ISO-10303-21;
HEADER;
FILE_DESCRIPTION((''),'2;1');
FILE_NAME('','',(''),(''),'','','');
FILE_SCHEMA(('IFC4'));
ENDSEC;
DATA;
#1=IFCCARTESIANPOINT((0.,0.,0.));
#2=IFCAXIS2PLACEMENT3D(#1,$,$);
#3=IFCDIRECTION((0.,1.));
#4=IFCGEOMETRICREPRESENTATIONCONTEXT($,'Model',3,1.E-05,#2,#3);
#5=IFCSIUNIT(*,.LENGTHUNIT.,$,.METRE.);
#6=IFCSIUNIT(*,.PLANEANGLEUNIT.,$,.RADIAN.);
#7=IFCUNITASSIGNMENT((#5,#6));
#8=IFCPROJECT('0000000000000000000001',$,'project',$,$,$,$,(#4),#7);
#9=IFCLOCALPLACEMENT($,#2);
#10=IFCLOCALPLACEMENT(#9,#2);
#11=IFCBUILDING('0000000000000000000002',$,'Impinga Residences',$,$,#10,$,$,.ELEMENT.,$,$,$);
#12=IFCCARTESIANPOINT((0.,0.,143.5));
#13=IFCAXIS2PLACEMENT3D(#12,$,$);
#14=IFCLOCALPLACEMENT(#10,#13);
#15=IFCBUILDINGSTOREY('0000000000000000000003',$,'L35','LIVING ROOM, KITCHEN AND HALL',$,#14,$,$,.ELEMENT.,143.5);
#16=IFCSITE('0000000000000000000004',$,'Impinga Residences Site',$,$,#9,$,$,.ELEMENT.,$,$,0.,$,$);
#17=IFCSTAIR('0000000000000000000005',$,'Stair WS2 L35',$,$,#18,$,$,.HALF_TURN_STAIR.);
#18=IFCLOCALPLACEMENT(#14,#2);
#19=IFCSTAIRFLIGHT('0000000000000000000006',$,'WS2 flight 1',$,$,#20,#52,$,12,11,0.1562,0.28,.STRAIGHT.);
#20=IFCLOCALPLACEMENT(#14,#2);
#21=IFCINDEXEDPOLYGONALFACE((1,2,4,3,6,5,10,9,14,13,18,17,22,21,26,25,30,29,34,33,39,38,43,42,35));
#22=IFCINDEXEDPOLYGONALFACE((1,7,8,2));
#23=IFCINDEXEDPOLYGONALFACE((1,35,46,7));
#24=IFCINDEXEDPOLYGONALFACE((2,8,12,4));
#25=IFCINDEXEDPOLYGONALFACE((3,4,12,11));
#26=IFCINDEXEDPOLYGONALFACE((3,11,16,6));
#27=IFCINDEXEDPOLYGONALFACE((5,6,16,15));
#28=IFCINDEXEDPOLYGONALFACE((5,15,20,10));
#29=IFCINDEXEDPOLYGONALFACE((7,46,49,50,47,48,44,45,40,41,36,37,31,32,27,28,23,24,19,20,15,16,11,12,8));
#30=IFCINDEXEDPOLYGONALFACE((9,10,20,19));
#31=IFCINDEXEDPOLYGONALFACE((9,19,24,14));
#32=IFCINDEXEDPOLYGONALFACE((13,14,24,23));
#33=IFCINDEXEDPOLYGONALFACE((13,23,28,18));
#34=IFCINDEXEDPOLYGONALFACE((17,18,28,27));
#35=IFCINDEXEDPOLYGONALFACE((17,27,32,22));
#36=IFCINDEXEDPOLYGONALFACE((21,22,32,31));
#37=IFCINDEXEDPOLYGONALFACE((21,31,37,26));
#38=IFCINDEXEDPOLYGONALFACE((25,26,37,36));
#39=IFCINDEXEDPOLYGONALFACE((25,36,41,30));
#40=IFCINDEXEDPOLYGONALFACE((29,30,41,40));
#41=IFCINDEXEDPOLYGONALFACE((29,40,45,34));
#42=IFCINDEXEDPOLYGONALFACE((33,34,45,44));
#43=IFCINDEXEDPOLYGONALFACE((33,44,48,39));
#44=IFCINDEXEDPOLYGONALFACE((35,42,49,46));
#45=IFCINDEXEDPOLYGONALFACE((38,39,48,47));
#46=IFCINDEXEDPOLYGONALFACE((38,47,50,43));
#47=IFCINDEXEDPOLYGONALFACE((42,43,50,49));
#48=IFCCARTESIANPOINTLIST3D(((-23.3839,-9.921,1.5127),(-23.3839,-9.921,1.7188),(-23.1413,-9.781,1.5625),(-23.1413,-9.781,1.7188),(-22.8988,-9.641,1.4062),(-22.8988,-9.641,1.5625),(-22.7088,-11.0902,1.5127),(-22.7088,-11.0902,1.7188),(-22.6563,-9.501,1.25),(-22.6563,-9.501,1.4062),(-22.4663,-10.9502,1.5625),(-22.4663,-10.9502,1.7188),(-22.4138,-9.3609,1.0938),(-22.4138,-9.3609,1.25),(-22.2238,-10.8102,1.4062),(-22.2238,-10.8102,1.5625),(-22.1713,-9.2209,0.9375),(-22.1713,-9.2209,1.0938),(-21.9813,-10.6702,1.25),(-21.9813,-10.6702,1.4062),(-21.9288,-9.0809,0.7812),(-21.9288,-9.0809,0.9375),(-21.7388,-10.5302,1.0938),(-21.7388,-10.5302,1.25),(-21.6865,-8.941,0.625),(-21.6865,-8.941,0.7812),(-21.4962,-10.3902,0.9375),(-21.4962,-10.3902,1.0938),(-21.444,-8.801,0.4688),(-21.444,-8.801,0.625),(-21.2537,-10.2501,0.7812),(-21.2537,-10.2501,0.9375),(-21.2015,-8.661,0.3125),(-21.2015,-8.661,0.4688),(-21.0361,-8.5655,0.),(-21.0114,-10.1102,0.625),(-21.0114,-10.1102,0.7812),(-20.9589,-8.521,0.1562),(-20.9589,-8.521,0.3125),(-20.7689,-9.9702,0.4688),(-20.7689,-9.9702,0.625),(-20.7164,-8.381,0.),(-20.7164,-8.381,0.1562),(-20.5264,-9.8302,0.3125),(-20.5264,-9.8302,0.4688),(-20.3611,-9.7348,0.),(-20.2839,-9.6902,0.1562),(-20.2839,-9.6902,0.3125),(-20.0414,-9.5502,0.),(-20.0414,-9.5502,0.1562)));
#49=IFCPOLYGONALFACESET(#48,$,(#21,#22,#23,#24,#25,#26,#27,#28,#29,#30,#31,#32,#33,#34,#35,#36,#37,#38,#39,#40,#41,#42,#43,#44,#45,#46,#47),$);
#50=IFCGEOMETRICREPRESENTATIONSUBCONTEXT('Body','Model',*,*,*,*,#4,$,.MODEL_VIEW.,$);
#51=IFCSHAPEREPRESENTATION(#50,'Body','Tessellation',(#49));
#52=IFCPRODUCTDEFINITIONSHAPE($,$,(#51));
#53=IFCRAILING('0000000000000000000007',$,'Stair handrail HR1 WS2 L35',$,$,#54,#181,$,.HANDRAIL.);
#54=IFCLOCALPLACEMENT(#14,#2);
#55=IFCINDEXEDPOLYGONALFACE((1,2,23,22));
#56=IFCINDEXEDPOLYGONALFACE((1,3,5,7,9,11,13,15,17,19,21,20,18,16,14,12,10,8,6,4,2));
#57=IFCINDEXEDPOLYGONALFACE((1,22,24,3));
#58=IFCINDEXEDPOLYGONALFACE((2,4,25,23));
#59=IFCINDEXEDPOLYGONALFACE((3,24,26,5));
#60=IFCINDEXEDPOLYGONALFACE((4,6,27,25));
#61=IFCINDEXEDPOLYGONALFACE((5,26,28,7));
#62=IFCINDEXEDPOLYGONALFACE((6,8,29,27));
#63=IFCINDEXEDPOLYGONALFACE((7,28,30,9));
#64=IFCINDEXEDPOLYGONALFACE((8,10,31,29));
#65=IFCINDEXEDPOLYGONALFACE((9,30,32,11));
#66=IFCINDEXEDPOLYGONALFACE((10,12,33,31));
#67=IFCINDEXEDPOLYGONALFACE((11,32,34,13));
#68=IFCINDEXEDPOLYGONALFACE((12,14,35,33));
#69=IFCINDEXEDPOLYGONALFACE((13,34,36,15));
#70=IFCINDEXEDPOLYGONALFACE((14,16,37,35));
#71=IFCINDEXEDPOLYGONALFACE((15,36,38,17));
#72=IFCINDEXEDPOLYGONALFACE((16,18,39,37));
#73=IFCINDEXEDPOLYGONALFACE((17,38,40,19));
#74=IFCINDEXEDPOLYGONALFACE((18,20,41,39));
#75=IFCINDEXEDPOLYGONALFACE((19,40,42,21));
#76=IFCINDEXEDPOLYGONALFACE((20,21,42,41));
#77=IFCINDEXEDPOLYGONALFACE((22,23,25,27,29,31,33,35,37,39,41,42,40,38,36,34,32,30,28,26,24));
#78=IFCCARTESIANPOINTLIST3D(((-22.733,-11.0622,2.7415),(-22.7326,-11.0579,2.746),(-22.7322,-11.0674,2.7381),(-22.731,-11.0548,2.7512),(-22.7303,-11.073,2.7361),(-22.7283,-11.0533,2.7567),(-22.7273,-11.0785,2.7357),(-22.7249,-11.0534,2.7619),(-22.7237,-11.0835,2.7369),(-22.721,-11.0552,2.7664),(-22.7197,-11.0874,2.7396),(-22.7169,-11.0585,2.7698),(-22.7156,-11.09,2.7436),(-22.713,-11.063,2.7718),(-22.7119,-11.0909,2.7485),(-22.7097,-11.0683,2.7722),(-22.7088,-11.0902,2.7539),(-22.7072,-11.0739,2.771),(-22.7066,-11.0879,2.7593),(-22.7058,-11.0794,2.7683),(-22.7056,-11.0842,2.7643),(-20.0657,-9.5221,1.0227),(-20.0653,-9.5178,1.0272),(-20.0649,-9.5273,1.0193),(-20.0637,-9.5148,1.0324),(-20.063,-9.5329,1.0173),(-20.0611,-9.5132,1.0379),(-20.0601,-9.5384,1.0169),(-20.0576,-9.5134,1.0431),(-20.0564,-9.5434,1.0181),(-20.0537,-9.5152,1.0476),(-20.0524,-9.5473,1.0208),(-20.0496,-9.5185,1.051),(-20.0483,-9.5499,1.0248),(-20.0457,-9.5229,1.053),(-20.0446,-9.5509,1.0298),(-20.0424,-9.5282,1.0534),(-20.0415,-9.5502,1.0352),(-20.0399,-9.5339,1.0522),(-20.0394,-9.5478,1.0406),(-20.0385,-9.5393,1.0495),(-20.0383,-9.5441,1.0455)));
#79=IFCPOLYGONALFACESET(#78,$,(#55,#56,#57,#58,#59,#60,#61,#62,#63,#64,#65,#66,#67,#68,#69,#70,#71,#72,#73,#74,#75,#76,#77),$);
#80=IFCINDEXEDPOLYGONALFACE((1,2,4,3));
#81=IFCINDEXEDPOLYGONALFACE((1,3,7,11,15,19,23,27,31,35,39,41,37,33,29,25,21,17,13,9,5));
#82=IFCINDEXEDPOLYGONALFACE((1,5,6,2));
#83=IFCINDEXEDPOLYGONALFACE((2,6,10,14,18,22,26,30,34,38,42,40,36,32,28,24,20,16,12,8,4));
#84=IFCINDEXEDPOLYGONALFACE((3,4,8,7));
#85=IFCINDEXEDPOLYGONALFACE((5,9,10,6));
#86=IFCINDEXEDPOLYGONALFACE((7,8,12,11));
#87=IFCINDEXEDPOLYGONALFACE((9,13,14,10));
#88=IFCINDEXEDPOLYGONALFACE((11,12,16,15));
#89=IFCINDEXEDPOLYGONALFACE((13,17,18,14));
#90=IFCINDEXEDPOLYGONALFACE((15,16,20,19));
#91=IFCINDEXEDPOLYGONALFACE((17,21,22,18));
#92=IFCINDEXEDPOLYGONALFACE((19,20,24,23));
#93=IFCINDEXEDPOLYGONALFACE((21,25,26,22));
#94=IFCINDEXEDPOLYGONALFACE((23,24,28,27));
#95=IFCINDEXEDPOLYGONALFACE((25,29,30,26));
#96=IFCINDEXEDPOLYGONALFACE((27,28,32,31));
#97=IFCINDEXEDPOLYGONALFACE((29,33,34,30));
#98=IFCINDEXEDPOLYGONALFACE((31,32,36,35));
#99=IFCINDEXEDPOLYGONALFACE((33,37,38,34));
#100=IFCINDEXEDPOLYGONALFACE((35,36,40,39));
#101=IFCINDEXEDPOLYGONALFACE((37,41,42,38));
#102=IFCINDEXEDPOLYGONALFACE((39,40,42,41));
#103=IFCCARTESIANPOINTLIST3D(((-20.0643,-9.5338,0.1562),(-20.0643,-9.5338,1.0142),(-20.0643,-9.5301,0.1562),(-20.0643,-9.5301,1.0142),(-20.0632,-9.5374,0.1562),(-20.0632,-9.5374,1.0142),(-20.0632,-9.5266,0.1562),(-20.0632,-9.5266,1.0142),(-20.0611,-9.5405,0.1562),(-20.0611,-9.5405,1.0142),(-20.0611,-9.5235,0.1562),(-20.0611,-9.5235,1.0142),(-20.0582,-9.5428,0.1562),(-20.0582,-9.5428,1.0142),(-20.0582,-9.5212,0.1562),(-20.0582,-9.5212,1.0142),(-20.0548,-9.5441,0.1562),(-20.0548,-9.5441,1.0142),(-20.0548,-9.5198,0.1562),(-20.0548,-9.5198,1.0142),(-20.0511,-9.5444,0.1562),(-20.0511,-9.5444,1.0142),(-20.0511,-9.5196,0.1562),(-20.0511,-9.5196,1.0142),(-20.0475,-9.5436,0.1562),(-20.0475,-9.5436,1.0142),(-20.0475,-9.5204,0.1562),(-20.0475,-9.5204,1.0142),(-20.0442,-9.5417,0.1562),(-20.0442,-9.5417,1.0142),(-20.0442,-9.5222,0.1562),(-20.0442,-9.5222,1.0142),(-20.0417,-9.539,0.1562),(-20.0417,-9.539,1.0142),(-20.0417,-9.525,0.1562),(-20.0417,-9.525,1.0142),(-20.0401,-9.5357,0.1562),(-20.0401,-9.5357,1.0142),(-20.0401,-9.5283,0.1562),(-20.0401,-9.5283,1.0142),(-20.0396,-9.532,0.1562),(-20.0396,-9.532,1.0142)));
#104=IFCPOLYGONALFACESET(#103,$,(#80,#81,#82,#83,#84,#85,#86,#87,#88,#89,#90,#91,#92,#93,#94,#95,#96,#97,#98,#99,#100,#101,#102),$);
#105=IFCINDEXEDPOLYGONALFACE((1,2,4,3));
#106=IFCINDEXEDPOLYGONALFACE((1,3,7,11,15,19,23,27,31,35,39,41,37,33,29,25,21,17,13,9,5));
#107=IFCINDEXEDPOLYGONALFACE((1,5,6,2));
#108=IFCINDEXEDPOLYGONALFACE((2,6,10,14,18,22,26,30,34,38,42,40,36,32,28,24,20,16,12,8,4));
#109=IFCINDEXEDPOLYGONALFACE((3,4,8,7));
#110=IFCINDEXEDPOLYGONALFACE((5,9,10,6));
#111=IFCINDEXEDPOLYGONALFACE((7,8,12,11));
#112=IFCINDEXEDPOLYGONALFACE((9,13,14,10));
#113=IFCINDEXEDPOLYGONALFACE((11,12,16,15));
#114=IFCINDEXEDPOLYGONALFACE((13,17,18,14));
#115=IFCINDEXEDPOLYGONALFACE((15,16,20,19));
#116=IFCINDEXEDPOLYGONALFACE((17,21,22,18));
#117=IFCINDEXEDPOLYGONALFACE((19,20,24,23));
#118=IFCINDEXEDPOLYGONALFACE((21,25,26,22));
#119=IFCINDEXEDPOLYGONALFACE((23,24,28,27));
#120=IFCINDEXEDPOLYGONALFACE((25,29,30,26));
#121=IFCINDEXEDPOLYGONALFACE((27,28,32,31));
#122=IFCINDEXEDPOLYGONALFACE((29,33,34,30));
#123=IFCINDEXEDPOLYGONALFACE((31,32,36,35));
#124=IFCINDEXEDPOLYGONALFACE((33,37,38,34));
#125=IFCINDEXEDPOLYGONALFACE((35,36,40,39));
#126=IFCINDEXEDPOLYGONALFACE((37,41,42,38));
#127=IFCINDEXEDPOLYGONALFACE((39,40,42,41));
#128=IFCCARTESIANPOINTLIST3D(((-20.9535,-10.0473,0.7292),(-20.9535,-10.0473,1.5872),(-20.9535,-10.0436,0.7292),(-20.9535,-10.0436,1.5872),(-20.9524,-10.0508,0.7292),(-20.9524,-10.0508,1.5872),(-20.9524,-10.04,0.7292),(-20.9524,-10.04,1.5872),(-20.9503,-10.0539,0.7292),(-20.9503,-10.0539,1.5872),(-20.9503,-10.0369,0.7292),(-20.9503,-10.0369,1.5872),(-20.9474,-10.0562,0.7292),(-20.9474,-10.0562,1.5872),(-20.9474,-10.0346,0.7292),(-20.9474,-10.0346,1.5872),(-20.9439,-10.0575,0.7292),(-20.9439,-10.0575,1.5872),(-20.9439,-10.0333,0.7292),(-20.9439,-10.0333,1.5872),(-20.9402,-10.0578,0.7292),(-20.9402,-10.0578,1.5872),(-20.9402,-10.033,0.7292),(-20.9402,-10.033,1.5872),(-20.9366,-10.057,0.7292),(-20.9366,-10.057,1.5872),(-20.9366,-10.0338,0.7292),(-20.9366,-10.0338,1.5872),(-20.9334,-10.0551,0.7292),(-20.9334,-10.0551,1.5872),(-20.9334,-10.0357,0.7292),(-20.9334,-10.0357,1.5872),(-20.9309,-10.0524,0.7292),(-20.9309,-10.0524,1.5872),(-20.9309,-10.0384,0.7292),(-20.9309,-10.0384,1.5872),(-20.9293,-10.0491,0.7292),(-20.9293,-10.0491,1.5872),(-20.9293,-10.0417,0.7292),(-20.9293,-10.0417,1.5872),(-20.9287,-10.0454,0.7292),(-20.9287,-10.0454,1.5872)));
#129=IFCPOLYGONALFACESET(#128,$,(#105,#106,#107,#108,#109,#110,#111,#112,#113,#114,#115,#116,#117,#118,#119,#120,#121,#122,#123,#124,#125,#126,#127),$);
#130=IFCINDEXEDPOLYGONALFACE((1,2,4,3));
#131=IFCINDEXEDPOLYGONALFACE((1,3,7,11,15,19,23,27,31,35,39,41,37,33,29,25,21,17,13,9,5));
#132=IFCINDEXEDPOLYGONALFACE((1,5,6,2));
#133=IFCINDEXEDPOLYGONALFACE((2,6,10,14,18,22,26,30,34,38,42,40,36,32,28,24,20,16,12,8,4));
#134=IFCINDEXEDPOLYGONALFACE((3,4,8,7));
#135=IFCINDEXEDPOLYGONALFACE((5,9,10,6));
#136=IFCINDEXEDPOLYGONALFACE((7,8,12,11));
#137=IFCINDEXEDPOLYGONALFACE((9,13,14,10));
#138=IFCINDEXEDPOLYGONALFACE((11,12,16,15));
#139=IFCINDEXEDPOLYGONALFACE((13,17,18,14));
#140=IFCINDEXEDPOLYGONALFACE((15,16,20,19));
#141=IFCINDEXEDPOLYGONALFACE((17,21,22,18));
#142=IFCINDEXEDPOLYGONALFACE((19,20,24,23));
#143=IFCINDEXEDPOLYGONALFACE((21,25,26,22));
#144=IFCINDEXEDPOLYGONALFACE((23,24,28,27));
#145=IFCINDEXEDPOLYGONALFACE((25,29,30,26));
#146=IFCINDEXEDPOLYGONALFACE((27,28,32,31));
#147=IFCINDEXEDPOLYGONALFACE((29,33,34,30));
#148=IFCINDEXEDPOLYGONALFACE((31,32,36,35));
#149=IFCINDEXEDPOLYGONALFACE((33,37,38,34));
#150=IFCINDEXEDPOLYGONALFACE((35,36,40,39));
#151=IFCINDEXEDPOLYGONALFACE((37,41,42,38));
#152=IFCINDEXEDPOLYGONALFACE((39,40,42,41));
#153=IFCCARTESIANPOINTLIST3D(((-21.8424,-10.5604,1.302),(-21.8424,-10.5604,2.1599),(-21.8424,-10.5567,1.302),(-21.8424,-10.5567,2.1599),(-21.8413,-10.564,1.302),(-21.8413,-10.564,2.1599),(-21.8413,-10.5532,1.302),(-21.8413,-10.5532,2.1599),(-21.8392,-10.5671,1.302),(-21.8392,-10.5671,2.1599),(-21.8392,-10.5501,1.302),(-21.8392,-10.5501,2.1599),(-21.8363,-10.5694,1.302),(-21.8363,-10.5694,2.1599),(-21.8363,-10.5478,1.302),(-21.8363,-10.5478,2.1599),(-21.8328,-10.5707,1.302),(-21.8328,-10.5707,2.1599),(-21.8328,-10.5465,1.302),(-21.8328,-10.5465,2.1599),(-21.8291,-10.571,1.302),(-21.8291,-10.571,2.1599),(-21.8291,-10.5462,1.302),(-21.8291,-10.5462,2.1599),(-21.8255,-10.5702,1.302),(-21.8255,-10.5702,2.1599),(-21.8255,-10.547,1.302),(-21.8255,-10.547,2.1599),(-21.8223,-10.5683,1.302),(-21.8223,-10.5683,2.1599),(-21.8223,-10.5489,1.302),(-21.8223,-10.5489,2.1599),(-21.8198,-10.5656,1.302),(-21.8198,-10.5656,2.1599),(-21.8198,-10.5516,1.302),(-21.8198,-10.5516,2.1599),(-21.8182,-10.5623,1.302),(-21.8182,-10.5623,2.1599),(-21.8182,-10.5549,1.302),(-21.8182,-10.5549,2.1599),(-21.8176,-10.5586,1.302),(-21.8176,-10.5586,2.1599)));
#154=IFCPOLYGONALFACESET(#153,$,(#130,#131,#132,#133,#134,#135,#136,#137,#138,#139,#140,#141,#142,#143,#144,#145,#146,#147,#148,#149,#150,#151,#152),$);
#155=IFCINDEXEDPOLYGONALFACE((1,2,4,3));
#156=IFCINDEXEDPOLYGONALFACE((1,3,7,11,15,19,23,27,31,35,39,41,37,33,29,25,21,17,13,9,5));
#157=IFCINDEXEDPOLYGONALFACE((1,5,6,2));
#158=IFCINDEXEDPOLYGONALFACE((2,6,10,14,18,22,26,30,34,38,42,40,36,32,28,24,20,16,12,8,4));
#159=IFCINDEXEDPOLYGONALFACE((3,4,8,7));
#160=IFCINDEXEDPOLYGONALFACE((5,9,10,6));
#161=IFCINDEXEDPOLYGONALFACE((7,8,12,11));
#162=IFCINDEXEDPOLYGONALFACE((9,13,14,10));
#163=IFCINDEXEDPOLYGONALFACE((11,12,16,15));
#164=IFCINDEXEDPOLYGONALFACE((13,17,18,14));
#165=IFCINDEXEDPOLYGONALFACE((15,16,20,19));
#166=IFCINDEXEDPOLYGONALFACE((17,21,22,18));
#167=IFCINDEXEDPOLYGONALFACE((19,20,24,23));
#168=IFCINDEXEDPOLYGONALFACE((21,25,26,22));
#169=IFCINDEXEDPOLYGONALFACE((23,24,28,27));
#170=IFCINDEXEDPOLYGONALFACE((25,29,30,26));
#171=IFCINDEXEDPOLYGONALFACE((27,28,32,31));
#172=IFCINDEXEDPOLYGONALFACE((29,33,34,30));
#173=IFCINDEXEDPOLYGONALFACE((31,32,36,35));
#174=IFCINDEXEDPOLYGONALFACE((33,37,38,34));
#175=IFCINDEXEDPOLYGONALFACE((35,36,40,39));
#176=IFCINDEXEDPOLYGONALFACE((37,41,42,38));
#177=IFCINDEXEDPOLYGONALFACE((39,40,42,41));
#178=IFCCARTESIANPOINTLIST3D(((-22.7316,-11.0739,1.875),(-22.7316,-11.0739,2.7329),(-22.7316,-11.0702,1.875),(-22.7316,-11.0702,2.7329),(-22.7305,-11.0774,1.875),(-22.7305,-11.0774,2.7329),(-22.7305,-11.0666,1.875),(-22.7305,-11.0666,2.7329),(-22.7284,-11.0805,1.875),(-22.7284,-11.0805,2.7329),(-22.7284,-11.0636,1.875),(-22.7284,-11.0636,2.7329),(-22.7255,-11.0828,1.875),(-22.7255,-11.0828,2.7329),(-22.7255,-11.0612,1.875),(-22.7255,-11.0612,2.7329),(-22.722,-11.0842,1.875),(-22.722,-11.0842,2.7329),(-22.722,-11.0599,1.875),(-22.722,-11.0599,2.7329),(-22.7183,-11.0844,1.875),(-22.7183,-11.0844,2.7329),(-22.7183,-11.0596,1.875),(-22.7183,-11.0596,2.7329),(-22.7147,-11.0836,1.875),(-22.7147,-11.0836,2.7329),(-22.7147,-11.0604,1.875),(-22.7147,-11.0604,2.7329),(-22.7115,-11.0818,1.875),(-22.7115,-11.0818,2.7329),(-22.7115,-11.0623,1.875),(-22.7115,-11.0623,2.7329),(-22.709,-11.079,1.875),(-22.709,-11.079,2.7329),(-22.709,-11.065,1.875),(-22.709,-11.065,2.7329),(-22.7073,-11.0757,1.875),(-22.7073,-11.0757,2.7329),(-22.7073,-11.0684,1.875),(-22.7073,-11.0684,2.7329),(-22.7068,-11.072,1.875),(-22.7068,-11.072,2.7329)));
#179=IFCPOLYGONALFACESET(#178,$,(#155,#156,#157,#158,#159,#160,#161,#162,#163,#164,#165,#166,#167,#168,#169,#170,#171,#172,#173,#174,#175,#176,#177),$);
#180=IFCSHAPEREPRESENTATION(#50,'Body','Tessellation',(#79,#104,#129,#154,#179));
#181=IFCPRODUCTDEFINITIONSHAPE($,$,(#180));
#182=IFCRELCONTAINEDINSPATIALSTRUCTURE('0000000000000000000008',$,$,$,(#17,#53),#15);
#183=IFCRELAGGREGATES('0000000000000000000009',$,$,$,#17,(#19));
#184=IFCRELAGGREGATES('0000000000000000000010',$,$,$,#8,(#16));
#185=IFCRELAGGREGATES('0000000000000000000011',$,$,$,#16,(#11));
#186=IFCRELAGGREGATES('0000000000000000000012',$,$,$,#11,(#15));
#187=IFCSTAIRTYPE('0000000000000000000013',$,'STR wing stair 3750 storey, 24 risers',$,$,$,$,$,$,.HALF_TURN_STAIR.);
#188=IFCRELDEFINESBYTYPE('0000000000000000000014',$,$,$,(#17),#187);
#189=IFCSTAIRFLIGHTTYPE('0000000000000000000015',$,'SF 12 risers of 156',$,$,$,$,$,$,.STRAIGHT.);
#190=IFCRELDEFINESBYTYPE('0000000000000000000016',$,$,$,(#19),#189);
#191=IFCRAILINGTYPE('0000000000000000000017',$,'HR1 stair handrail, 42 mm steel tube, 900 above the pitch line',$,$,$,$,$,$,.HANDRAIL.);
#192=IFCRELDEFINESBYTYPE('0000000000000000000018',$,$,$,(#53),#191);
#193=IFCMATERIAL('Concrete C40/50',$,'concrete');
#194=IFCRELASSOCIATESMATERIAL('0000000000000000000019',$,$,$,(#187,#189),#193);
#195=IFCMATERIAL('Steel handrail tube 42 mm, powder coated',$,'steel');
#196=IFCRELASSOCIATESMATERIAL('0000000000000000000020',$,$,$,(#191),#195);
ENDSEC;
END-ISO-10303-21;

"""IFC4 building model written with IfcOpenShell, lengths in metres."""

from ifc_helpers import new_model, si_unit, direction, frame, origin, origin_2d, place, context, subcontext, project, spatial, polyline, circle, outline, extrude, material, type_object, element, aggregate, save


model = new_model("IFC4")

# Units and contexts
model_context = context("Model", 3, precision=1e-05, world=origin(), true_north=direction((0.0, 1.0)))
body_context = subcontext(model_context, "Body", "Model", "MODEL_VIEW")
ifc_project = project(units=[si_unit("LENGTHUNIT", "METRE"), si_unit("PLANEANGLEUNIT", "RADIAN")], contexts=[model_context])

# Site, building, storey
site_placement = place(None, origin())
site = spatial("IfcSite", under=ifc_project, at=site_placement, Name="Impinga Residences Site", CompositionType="ELEMENT", RefElevation=0.0)
building_placement = place(site_placement, origin())
building = spatial("IfcBuilding", under=site, at=building_placement, Name="Impinga Residences", CompositionType="ELEMENT")
storey_placement = place(building_placement, frame((0.0, 0.0, 143.5)))
storey = spatial("IfcBuildingStorey", under=building, at=storey_placement, Name="L35", Description="LIVING ROOM, KITCHEN AND HALL", CompositionType="ELEMENT", Elevation=143.5)

# Stair, stair flight
ifc_material_1 = material(Name="Concrete C40/50", Category="concrete")
stair_type = type_object("IfcStairType", Name="STR wing stair 3750 storey, 24 risers", PredefinedType="HALF_TURN_STAIR", material=ifc_material_1)
stair_placement = place(storey_placement, origin())
stair = element("IfcStair", 1, at=stair_placement, inside=storey, type_object=stair_type, Name="Stair WS2 L35", PredefinedType="HALF_TURN_STAIR")
stair_flight_type = type_object("IfcStairFlightType", Name="SF 12 risers of 156", PredefinedType="STRAIGHT", material=ifc_material_1)
stair_flight_placement = place(storey_placement, frame((-20.3789, -8.9656, 0.0), z_axis=(0.0, 0.0, 1.0), x_axis=(-0.866025, -0.5, 0.0)))
stair_flight = element("IfcStairFlight", 2, at=stair_flight_placement, type_object=stair_flight_type, Name="WS2 flight 1", NumberOfRisers=12, NumberOfTreads=11, PredefinedType="STRAIGHT", RiserHeight=0.1562, TreadLength=0.28, context=body_context, shape_type="SweptSolid", body=[
    extrude(outline(polyline([(0.0, 0.0), (0.0, 0.1562), (0.28, 0.1562), (0.28, 0.3125), (0.5601, 0.3125), (0.5601, 0.4688), (0.8401, 0.4688), (0.8401, 0.625), (1.1201, 0.625), (1.1201, 0.7812), (1.3999, 0.7812), (1.3999, 0.9375), (1.6799, 0.9375), (1.6799, 1.0938), (1.96, 1.0938), (1.96, 1.25), (2.24, 1.25), (2.24, 1.4062), (2.52, 1.4062), (2.52, 1.5625), (2.8, 1.5625), (2.8, 1.7188), (3.0801, 1.7188), (3.0801, 1.875), (3.0801, 1.5127), (0.3691, 0.0), (0.0, 0.0)])), frame((0.0, 0.675, 0.0), z_axis=(0.0, -1.0, 0.0), x_axis=(1.0, 0.0, 0.0)), (0.0, 0.0, 1.0), 1.3501),
])
aggregate(stair, [stair_flight])

# Railing
ifc_material_2 = material(Name="Steel handrail tube 42 mm, powder coated", Category="steel")
railing_type = type_object("IfcRailingType", Name="HR1 stair handrail, 42 mm steel tube, 900 above the pitch line", PredefinedType="HANDRAIL", material=ifc_material_2)
railing_placement = place(storey_placement, frame((-20.052, -9.532, 0.1562)))
element("IfcRailing", 3, at=railing_placement, inside=storey, type_object=railing_type, Name="Stair handrail HR1 WS2 L35", PredefinedType="HANDRAIL", context=body_context, shape_type="SweptSolid", body=[
    extrude(circle(Radius=0.021, at=origin_2d()), frame((0.0, 0.0, 0.8789), z_axis=(-0.756226, -0.436639, 0.487307), x_axis=(0.500027, -0.86601, 0.0)), (0.0, 0.0, 1.0), 3.5271),
    extrude(circle(Radius=0.0125, at=origin_2d()), origin(), (0.0, 0.0, 1.0), 0.8579),
    extrude(circle(Radius=0.0125, at=origin_2d()), frame((-0.8892, -0.5134, 0.573)), (0.0, 0.0, 1.0), 0.8579),
    extrude(circle(Radius=0.0125, at=origin_2d()), frame((-1.7781, -1.0266, 1.1458)), (0.0, 0.0, 1.0), 0.8579),
    extrude(circle(Radius=0.0125, at=origin_2d()), frame((-2.6672, -1.54, 1.7188)), (0.0, 0.0, 1.0), 0.8579),
])

save(model, "model.ifc")
